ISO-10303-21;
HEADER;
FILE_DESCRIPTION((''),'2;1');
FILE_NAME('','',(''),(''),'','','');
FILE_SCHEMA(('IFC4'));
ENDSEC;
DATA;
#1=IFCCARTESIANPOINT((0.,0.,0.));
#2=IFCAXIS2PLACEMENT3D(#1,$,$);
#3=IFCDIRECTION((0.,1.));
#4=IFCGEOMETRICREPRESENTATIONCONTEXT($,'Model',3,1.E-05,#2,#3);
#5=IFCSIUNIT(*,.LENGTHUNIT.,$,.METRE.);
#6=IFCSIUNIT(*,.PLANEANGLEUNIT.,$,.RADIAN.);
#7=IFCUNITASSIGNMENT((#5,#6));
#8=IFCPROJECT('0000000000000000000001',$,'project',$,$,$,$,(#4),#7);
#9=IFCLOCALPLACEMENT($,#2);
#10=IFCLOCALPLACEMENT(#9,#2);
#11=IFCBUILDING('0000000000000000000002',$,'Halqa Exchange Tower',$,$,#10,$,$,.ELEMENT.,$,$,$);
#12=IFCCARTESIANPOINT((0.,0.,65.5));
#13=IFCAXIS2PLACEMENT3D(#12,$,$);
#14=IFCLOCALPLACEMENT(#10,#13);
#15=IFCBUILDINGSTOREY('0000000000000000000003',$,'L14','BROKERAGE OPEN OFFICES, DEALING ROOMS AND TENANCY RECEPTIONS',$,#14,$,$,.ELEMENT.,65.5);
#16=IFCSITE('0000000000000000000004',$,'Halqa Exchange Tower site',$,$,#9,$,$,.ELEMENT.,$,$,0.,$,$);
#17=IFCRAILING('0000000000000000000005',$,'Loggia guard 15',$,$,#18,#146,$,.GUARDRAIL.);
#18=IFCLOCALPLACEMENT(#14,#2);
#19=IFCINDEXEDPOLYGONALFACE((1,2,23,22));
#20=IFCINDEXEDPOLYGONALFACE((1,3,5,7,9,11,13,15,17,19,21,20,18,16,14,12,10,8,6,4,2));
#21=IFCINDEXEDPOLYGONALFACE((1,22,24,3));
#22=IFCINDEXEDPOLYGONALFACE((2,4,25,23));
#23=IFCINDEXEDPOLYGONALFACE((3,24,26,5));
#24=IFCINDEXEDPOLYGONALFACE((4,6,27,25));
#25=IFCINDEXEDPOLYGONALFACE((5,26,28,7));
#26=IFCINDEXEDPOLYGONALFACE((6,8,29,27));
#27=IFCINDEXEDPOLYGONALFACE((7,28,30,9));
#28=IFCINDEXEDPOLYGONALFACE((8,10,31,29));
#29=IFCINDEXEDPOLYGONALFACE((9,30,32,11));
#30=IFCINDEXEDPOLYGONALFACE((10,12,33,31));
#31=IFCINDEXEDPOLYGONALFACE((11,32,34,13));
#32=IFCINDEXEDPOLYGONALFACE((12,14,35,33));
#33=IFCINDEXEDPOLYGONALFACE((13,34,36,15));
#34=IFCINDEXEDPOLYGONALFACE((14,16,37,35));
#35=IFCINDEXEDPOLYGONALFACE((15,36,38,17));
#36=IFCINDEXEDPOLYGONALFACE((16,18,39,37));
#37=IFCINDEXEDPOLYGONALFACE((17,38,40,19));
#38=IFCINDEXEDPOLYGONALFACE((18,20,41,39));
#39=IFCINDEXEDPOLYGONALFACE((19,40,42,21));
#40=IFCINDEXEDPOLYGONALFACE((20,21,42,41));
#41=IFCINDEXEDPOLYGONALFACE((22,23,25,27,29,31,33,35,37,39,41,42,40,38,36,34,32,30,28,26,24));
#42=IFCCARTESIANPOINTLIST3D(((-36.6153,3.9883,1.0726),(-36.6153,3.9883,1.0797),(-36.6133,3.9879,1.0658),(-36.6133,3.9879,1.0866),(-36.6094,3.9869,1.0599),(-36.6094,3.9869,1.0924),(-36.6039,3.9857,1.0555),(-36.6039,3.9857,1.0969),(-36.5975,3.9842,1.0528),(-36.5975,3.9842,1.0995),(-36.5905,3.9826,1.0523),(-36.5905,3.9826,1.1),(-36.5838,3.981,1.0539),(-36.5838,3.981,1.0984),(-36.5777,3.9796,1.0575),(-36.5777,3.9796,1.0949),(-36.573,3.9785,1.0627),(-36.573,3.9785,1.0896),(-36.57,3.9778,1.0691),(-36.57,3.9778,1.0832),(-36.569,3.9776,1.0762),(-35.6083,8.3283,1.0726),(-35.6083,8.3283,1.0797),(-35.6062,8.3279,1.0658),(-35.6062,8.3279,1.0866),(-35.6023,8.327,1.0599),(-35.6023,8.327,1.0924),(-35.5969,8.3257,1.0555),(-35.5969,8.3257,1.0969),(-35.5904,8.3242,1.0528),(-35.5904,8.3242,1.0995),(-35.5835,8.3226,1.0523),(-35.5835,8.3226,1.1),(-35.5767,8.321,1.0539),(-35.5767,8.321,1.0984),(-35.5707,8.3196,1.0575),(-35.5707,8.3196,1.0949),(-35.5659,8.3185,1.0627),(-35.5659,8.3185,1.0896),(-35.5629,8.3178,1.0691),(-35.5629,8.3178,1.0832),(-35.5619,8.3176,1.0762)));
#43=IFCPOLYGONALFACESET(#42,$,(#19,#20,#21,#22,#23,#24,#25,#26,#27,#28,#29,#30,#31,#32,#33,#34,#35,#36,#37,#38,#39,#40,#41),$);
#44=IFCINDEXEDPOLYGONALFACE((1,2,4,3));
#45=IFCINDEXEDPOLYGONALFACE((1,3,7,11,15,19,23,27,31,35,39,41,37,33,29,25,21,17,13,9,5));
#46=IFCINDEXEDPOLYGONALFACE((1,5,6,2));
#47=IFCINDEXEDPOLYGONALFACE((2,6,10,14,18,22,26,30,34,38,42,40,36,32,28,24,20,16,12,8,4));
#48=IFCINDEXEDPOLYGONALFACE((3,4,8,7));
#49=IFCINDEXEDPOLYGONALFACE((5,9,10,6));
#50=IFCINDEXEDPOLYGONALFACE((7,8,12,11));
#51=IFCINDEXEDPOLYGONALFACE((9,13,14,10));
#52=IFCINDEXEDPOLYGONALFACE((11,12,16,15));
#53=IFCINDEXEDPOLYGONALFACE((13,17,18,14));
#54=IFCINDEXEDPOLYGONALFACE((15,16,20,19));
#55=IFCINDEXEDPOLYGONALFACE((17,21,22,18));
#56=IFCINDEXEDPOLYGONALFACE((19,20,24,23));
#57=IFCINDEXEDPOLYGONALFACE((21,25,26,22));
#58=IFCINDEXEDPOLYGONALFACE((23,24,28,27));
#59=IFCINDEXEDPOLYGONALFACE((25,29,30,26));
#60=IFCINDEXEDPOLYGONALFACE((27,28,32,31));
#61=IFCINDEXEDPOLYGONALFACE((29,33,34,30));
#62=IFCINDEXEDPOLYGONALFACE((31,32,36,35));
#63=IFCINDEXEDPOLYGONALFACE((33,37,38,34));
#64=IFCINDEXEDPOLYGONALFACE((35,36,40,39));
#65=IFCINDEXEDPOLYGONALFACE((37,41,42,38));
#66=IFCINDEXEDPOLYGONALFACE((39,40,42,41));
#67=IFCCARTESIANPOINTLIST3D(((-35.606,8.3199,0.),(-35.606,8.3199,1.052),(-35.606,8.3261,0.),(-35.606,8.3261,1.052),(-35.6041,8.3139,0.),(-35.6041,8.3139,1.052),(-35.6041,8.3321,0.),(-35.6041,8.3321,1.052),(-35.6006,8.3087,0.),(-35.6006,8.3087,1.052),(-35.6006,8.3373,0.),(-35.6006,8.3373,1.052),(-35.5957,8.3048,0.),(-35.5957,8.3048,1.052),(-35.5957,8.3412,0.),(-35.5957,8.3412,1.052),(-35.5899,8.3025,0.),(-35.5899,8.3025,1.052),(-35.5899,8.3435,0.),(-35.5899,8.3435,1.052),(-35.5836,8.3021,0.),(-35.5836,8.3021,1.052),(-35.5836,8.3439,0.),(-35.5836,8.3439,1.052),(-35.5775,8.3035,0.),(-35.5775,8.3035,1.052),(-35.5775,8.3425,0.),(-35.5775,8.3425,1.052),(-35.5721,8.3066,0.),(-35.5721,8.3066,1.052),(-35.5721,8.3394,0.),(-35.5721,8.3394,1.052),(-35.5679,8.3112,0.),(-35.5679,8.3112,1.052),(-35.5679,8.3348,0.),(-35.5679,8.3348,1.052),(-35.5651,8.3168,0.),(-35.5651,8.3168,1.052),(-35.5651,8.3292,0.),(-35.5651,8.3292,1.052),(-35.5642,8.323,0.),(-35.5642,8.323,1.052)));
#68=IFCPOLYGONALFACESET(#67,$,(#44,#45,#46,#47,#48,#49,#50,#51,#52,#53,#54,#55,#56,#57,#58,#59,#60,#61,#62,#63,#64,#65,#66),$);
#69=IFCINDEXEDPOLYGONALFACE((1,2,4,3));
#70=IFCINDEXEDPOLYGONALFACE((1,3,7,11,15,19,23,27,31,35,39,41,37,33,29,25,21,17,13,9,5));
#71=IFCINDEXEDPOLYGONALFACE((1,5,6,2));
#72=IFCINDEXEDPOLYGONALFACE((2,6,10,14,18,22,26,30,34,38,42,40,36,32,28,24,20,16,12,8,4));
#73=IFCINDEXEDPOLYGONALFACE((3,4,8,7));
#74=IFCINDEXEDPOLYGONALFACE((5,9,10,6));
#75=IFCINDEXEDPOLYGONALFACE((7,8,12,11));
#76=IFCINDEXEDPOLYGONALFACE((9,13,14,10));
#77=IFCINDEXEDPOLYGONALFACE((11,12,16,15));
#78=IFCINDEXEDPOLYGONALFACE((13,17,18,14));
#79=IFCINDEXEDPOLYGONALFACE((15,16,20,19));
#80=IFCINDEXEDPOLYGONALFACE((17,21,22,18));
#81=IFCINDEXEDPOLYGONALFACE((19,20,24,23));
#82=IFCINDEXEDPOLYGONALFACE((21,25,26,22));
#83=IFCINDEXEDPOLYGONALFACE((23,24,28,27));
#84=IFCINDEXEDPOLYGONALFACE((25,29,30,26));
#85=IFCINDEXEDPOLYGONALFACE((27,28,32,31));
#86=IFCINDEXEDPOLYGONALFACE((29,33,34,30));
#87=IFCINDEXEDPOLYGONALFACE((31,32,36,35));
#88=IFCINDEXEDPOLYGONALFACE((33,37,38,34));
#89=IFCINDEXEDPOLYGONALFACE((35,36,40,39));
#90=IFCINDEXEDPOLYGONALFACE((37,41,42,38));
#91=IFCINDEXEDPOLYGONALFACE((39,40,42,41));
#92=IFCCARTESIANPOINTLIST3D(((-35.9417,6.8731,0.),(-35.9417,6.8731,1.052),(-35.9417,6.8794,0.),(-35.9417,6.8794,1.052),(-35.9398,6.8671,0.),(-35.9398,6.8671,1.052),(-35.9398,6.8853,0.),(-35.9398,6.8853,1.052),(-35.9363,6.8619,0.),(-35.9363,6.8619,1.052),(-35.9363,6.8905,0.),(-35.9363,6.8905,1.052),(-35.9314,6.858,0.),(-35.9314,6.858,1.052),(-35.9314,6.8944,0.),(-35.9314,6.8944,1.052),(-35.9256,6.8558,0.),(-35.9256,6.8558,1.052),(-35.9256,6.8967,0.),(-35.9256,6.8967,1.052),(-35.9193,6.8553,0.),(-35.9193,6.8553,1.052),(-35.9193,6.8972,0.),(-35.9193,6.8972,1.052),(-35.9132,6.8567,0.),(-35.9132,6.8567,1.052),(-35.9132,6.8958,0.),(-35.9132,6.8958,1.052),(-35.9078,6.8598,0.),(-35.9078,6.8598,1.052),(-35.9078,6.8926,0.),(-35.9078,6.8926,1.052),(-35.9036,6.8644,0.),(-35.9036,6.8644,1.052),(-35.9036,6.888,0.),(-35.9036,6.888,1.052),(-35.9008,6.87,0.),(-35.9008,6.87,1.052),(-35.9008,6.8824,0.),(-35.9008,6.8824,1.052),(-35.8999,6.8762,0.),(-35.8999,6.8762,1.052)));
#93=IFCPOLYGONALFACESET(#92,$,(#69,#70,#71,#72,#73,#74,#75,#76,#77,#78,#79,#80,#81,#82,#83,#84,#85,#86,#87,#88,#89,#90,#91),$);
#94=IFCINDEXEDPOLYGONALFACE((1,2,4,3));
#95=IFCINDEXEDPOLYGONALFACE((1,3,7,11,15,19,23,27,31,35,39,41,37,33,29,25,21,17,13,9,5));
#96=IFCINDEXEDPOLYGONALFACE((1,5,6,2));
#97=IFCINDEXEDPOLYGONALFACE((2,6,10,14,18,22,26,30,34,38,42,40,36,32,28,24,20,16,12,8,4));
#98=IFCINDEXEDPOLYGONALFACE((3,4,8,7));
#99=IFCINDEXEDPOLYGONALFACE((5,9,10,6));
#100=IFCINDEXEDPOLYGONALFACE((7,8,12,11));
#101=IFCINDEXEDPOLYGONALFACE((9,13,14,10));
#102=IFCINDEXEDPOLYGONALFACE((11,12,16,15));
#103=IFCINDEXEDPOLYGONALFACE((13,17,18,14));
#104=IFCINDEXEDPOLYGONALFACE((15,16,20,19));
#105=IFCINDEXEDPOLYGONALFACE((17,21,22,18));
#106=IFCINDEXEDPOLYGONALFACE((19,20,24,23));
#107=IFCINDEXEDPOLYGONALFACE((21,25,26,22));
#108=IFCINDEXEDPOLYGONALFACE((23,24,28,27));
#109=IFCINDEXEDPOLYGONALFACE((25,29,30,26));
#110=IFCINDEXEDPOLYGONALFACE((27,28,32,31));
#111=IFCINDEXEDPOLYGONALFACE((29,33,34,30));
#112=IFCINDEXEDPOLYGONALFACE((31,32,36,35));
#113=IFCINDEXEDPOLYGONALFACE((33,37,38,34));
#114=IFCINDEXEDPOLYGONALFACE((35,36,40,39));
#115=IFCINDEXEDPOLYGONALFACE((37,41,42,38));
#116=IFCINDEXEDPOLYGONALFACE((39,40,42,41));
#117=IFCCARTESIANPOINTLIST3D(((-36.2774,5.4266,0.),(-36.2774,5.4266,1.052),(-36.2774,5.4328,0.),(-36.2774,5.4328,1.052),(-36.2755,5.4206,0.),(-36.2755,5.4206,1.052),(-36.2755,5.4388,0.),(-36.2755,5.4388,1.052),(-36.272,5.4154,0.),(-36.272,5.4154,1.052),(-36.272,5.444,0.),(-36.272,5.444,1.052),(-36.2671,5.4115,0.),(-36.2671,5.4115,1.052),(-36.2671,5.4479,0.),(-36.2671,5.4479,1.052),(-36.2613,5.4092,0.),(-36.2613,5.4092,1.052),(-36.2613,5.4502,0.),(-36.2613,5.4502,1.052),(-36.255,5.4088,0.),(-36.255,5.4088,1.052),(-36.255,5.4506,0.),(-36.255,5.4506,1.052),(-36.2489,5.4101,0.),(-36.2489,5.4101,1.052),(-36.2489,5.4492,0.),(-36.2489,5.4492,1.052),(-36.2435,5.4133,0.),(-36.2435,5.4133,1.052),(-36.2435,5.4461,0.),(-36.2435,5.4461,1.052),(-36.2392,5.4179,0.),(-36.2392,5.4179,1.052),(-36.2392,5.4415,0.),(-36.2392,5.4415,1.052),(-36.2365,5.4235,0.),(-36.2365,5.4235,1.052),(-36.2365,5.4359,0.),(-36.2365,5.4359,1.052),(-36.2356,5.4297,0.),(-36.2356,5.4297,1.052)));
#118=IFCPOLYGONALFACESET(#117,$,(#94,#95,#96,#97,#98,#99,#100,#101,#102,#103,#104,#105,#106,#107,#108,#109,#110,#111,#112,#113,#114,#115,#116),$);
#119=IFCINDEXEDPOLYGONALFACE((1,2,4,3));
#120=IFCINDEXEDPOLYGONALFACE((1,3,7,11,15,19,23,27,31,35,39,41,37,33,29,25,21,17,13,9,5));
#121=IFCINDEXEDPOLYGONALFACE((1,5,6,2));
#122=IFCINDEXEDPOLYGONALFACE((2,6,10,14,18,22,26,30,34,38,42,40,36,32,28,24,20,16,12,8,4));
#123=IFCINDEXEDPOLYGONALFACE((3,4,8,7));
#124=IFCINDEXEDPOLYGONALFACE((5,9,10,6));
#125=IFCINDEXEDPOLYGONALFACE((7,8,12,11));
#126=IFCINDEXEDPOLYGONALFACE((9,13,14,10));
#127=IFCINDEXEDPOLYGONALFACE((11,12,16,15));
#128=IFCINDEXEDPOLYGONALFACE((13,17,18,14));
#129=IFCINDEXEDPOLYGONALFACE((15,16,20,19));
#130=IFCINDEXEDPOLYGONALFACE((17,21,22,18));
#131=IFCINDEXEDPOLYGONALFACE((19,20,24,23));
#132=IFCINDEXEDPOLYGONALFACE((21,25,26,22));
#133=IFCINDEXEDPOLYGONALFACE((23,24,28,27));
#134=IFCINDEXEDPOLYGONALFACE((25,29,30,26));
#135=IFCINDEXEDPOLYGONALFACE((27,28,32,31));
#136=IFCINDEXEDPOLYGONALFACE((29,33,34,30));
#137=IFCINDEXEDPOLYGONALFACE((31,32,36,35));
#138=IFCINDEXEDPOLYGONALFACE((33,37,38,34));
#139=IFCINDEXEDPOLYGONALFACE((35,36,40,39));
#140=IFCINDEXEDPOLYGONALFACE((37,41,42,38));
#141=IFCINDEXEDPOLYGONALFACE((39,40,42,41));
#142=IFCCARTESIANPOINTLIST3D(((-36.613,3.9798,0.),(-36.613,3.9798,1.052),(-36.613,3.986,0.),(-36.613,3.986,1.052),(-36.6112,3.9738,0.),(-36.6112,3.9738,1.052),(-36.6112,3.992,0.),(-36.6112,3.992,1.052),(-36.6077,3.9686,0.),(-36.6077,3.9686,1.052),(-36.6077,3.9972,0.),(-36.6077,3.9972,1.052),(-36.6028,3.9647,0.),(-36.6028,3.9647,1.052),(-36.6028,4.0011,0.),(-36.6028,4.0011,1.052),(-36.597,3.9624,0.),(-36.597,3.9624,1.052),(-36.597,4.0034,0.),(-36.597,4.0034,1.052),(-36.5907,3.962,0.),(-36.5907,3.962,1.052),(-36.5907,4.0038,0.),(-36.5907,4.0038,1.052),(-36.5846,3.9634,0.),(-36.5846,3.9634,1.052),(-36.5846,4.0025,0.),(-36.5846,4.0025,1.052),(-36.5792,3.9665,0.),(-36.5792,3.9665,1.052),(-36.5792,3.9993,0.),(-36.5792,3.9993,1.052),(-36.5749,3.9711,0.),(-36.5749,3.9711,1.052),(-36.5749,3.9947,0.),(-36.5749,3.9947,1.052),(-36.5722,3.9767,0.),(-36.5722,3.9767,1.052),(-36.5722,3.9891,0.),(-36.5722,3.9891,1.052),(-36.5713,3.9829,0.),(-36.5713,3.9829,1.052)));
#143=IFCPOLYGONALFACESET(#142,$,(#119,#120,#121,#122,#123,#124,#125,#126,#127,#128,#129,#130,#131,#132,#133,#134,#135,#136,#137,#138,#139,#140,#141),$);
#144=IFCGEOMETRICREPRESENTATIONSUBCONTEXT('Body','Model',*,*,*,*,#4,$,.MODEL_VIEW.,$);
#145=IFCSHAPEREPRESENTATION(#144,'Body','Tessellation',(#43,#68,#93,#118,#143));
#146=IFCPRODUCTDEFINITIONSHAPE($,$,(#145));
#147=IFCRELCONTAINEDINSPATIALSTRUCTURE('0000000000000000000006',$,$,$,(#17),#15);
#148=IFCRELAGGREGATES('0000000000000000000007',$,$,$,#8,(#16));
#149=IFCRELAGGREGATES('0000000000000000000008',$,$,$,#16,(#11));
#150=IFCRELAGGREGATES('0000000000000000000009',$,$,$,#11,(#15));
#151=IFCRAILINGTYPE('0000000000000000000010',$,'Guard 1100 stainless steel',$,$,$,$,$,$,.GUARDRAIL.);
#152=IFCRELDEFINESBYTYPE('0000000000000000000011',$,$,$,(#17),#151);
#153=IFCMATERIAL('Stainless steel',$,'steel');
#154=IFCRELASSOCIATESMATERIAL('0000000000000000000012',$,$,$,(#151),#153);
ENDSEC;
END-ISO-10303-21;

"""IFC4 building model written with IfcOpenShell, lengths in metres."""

from ifc_helpers import new_model, si_unit, direction, frame, origin, origin_2d, place, context, subcontext, project, spatial, circle, extrude, material, type_object, element, save


model = new_model("IFC4")

# Units and contexts
model_context = context("Model", 3, precision=1e-05, world=origin(), true_north=direction((0.0, 1.0)))
body_context = subcontext(model_context, "Body", "Model", "MODEL_VIEW")
ifc_project = project(units=[si_unit("LENGTHUNIT", "METRE"), si_unit("PLANEANGLEUNIT", "RADIAN")], contexts=[model_context])

# Site, building, storey
site_placement = place(None, origin())
site = spatial("IfcSite", under=ifc_project, at=site_placement, Name="Halqa Exchange Tower site", CompositionType="ELEMENT", RefElevation=0.0)
building_placement = place(site_placement, origin())
building = spatial("IfcBuilding", under=site, at=building_placement, Name="Halqa Exchange Tower", CompositionType="ELEMENT")
storey_placement = place(building_placement, frame((0.0, 0.0, 65.5)))
storey = spatial("IfcBuildingStorey", under=building, at=storey_placement, Name="L14", Description="BROKERAGE OPEN OFFICES, DEALING ROOMS AND TENANCY RECEPTIONS", CompositionType="ELEMENT", Elevation=65.5)

# Railing
ifc_material_1 = material(Name="Stainless steel", Category="steel")
railing_type = type_object("IfcRailingType", Name="Guard 1100 stainless steel", PredefinedType="GUARDRAIL", material=ifc_material_1)
railing_1_placement = place(storey_placement, frame((-35.5852, 8.323, 0.0)))
element("IfcRailing", 1, at=railing_1_placement, inside=storey, type_object=railing_type, Name="Loggia guard 15", PredefinedType="GUARDRAIL", context=body_context, shape_type="SweptSolid", body=[
    extrude(circle(Radius=0.0239, at=origin_2d()), frame((0.0, 0.0, 1.0762), z_axis=(-0.226036, -0.974119, 0.0), x_axis=(0.974119, -0.226036, 0.0)), (0.0, 0.0, 1.0), 4.4553),
    extrude(circle(Radius=0.021, at=origin_2d()), origin(), (0.0, 0.0, 1.0), 1.052),
    extrude(circle(Radius=0.021, at=origin_2d()), frame((-0.3357, -1.4468, 0.0)), (0.0, 0.0, 1.0), 1.052),
    extrude(circle(Radius=0.021, at=origin_2d()), frame((-0.6714, -2.8933, 0.0)), (0.0, 0.0, 1.0), 1.052),
    extrude(circle(Radius=0.021, at=origin_2d()), frame((-1.0071, -4.3401, 0.0)), (0.0, 0.0, 1.0), 1.052),
])

save(model, "model.ifc")
